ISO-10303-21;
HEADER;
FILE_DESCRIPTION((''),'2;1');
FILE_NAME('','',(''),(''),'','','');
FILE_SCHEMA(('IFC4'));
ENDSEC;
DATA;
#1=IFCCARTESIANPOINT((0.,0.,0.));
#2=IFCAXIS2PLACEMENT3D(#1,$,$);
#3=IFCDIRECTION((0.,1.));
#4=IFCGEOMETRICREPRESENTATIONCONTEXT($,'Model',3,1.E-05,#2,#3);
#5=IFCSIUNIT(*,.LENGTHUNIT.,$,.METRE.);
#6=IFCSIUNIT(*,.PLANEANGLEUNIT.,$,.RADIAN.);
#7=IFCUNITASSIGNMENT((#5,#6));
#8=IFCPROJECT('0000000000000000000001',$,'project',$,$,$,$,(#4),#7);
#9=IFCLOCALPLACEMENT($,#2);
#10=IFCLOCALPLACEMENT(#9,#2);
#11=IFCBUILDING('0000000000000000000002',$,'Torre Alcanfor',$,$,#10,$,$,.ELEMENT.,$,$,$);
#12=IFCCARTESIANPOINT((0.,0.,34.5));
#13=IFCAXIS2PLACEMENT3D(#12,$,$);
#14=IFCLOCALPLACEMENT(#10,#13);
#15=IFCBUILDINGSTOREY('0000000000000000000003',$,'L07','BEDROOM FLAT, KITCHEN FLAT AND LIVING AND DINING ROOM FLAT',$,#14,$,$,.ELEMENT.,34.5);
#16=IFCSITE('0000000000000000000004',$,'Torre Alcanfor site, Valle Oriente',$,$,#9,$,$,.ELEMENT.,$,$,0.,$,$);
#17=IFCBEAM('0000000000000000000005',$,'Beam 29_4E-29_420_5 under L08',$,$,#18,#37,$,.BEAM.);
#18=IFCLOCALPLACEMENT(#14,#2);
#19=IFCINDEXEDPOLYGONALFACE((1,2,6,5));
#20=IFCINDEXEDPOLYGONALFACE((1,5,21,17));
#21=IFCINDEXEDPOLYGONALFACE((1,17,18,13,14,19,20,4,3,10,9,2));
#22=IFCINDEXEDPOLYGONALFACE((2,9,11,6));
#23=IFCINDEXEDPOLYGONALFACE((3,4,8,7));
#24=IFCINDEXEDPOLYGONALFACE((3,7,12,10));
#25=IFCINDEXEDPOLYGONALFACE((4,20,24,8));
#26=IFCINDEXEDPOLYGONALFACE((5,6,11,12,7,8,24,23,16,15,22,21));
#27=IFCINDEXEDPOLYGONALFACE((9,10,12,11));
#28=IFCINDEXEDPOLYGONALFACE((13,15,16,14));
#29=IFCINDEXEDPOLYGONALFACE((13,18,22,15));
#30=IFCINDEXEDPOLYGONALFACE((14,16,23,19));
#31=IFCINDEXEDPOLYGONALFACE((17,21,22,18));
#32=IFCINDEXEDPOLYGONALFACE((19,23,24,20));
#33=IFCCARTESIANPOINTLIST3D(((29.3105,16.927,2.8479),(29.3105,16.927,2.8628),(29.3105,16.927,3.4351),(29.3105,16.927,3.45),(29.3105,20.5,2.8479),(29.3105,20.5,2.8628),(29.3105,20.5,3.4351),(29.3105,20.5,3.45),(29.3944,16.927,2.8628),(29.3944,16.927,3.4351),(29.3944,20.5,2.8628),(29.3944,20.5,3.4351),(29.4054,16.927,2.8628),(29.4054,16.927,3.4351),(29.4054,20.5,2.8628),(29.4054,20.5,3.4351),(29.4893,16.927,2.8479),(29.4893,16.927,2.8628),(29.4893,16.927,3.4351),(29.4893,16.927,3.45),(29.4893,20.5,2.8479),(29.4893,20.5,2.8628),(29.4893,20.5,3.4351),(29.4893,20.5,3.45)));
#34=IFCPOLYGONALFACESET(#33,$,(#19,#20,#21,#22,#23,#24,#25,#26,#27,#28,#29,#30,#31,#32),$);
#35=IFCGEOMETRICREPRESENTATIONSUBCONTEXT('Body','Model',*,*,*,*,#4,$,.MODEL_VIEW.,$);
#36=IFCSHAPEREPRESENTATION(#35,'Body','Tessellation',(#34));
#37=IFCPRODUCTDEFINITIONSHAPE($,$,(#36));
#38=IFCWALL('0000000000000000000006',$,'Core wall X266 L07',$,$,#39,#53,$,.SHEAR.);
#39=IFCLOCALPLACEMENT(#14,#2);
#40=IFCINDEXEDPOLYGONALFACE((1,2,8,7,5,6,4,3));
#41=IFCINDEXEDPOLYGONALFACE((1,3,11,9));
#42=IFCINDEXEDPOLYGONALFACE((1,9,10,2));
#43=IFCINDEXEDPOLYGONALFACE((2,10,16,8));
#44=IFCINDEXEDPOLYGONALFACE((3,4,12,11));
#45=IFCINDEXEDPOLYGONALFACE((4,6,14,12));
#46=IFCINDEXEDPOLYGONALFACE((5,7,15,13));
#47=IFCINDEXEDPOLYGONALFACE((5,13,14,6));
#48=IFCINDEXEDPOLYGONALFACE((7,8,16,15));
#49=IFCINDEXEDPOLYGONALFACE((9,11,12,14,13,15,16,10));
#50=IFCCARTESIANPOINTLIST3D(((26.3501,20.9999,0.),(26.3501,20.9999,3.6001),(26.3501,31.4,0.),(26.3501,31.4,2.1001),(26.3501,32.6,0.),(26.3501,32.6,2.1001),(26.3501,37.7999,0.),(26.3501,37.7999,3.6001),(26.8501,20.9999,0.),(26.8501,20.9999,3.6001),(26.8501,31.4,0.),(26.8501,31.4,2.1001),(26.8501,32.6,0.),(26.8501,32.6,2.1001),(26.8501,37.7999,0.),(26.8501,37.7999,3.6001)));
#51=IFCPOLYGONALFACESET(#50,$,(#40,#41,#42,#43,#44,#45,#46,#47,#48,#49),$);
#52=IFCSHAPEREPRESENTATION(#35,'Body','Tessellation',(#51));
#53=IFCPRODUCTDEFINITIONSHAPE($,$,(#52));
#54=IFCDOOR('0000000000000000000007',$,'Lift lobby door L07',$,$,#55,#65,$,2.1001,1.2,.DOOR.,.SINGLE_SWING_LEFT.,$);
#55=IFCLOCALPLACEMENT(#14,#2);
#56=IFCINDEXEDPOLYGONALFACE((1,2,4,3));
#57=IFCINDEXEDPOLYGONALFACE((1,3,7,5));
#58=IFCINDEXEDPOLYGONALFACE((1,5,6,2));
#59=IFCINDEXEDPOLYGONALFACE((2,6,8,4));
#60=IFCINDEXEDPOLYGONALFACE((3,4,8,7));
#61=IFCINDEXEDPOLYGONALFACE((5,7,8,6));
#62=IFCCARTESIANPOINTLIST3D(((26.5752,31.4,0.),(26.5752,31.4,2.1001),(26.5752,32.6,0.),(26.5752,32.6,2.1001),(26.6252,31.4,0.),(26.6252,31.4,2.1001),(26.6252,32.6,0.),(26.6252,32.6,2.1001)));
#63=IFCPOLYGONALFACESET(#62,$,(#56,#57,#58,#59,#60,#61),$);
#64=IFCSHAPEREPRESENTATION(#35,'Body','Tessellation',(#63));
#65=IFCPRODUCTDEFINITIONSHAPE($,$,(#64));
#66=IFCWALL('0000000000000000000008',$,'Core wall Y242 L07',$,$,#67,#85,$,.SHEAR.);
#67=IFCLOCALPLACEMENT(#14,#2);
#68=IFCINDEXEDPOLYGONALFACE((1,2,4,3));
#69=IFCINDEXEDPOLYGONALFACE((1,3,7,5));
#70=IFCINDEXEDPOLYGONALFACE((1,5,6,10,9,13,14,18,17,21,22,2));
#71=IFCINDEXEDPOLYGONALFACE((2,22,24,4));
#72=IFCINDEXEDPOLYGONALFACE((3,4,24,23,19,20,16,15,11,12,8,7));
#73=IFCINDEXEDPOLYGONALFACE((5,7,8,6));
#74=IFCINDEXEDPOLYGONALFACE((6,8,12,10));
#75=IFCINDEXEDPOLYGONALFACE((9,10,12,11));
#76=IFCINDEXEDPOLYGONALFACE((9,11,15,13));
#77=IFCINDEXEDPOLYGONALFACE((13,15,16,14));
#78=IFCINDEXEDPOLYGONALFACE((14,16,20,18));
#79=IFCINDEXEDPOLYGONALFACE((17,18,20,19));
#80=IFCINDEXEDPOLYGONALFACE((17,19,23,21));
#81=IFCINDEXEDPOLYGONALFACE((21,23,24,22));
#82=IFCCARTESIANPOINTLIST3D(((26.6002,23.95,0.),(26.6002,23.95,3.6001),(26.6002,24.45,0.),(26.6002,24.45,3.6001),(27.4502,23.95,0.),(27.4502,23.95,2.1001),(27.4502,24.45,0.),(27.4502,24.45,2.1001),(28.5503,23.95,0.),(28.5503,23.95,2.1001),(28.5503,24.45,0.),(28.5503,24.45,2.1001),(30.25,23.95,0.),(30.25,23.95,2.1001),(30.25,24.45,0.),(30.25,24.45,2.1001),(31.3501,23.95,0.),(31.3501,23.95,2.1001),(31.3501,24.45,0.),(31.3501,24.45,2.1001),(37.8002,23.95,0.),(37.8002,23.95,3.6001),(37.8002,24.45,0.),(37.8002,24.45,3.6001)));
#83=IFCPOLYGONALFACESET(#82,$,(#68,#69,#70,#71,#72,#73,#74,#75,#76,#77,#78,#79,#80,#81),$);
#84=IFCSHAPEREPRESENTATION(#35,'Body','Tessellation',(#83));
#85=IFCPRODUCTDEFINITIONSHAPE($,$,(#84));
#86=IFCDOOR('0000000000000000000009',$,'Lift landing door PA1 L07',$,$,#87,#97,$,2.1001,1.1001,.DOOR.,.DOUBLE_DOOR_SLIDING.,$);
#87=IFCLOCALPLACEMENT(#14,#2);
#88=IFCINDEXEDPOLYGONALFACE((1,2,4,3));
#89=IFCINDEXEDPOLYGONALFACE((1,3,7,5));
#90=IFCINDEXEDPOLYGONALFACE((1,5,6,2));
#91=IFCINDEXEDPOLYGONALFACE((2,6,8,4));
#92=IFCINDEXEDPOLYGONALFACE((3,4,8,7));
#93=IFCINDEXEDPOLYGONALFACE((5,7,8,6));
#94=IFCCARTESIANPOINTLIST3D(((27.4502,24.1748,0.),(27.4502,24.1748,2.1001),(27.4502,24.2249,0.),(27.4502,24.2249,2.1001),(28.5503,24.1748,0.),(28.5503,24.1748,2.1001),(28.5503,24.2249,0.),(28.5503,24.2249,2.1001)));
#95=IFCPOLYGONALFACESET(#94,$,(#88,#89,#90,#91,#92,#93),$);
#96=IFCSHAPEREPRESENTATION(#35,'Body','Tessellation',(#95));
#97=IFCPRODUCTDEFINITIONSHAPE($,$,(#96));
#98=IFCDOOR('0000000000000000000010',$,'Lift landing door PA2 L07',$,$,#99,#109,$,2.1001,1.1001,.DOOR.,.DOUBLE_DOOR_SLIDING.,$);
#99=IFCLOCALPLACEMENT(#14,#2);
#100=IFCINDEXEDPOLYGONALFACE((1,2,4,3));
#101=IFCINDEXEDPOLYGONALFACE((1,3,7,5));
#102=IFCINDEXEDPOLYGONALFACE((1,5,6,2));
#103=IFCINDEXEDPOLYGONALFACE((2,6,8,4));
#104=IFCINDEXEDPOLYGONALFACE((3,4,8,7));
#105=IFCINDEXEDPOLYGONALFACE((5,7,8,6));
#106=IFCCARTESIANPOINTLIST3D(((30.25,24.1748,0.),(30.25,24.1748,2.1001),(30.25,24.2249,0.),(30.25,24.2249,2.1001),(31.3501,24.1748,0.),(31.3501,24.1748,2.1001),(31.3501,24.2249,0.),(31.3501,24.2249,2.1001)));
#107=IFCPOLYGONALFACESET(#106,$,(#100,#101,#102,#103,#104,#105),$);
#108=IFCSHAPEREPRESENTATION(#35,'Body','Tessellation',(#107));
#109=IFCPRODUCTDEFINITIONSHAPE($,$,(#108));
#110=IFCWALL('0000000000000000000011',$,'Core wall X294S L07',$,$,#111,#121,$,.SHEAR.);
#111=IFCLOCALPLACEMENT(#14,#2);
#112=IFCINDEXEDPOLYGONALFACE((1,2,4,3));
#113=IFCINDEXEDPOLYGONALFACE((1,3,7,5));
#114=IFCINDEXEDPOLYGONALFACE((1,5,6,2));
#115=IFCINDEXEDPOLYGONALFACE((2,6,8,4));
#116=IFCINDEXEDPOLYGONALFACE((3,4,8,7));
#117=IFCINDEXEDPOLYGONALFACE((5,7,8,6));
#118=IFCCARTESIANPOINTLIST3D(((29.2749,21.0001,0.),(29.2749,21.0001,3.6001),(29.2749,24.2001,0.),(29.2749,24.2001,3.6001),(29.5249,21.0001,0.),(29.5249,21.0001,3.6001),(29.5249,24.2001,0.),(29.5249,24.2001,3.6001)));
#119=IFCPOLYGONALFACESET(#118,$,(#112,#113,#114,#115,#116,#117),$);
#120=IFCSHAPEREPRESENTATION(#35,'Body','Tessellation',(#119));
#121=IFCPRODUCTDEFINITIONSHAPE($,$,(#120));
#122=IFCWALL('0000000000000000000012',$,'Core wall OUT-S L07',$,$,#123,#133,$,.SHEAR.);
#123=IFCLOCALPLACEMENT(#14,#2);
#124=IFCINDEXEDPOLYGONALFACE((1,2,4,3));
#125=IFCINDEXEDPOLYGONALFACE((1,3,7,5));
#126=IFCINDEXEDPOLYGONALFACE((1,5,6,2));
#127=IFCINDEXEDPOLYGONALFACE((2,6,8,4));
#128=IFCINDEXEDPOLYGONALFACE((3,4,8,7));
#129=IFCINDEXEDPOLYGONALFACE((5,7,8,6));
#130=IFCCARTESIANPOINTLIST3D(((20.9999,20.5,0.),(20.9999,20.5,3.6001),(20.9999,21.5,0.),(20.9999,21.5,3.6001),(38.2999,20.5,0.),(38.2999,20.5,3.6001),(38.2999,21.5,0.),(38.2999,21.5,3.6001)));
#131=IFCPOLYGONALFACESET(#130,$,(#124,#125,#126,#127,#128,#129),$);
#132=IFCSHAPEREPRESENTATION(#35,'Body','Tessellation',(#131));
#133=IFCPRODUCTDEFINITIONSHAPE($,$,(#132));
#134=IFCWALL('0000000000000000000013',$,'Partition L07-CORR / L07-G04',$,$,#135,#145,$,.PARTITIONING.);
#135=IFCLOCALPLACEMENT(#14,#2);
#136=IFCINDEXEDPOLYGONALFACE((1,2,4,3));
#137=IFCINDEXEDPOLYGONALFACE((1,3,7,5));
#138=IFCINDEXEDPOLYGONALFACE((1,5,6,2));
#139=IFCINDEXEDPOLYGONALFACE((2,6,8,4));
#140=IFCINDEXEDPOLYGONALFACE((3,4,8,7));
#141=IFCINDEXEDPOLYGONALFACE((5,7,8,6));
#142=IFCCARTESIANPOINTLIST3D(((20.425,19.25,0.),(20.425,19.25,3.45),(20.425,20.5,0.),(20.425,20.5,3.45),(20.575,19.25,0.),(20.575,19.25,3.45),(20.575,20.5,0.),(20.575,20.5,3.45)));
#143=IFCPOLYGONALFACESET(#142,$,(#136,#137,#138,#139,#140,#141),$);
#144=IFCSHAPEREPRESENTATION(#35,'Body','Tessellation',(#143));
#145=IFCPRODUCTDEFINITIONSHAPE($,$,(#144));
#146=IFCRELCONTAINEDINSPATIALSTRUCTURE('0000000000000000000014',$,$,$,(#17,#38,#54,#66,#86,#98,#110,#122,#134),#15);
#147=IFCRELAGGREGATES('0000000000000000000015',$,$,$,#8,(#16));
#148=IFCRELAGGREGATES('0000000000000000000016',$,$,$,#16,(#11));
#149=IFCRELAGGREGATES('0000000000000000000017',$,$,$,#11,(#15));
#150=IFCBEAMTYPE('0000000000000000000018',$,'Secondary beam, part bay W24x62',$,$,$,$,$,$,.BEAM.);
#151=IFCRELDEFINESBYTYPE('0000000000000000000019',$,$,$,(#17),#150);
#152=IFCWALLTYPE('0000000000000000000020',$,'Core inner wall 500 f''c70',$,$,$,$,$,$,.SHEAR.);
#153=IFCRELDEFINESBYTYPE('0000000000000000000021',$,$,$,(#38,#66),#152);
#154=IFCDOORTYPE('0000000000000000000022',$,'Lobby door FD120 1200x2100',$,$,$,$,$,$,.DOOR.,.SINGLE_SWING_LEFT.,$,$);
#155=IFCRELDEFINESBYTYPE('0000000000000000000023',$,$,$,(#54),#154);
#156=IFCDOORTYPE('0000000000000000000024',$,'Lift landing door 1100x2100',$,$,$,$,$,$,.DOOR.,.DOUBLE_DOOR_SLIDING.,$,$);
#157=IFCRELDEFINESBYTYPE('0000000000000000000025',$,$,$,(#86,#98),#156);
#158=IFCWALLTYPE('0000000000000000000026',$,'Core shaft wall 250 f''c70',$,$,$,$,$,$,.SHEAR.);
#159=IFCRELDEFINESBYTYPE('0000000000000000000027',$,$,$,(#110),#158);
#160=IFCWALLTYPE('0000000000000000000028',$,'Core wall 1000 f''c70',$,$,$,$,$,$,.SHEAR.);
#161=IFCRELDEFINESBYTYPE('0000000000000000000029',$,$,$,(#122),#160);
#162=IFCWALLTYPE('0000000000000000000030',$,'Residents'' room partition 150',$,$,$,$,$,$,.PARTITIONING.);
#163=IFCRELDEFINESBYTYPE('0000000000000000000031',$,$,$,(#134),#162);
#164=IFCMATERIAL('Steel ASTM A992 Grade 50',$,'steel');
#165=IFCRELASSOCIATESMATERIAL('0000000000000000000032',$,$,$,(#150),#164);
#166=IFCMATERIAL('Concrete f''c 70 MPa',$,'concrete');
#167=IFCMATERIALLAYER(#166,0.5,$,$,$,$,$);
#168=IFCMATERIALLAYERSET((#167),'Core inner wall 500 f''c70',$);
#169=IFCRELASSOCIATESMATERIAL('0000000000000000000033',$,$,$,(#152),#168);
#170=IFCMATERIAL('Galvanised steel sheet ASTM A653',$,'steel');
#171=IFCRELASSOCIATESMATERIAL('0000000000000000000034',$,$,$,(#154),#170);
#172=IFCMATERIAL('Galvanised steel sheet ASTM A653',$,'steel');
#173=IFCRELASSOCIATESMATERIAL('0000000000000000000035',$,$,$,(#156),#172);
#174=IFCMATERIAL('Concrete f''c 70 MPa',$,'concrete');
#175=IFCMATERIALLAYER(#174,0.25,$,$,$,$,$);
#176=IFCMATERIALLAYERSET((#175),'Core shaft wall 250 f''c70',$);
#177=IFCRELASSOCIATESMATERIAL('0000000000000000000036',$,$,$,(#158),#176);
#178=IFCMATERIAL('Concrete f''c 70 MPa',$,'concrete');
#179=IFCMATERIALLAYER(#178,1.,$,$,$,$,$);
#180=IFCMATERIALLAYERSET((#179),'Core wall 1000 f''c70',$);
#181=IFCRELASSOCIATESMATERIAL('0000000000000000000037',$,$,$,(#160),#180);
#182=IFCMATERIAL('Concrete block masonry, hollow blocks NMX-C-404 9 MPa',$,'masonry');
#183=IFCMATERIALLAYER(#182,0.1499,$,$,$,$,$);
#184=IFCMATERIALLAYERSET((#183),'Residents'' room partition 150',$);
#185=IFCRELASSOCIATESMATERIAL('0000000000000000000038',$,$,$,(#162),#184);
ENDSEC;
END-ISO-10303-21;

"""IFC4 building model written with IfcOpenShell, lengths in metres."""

from ifc_helpers import new_model, si_unit, direction, frame, frame_2d, origin, origin_2d, place, context, subcontext, project, spatial, rectangle, i_section, extrude, material, layer, layer_set, material_profile, profile_set, type_object, element, fill, save


model = new_model("IFC4")

# Units and contexts
model_context = context("Model", 3, precision=1e-05, world=origin(), true_north=direction((0.0, 1.0)))
body_context = subcontext(model_context, "Body", "Model", "MODEL_VIEW")
ifc_project = project(units=[si_unit("LENGTHUNIT", "METRE"), si_unit("PLANEANGLEUNIT", "RADIAN")], contexts=[model_context])

# Site, building, storey
site_placement = place(None, origin())
site = spatial("IfcSite", under=ifc_project, at=site_placement, Name="Torre Alcanfor site, Valle Oriente", CompositionType="ELEMENT", RefElevation=0.0)
building_placement = place(site_placement, origin())
building = spatial("IfcBuilding", under=site, at=building_placement, Name="Torre Alcanfor", CompositionType="ELEMENT")
storey_placement = place(building_placement, frame((0.0, 0.0, 34.5)))
storey = spatial("IfcBuildingStorey", under=building, at=storey_placement, Name="L07", Description="BEDROOM FLAT, KITCHEN FLAT AND LIVING AND DINING ROOM FLAT", CompositionType="ELEMENT", Elevation=34.5)

# Beam
ifc_material_1 = material(Name="Steel ASTM A992 Grade 50", Category="steel")
ifc_material_profile_1 = material_profile(ifc_material_1, i_section(OverallWidth=0.1787, OverallDepth=0.6021, WebThickness=0.011, FlangeThickness=0.0149, at=origin_2d()), Name="W24x62")
ifc_profile_set_1 = profile_set([ifc_material_profile_1], Name="Steel ASTM A992 Grade 50")
beam_type_1 = type_object("IfcBeamType", Name="Secondary beam, part bay W24x62", PredefinedType="BEAM", material=ifc_profile_set_1)
for number, where, z_axis, x_axis, name in (
    (1, (29.3999, 16.927, 3.1489), (0.0, 1.0, 0.0), (-1.0, 0.0, 0.0), "Beam 29_4E-29_420_5 under L08"),
):
    element("IfcBeam", number, at=place(storey_placement, frame(where, z_axis=z_axis, x_axis=x_axis)), inside=storey, type_object=beam_type_1, Name=name, PredefinedType="BEAM", context=body_context, shape_type="SweptSolid", body=[
        extrude(i_section(OverallWidth=0.1787, OverallDepth=0.6021, WebThickness=0.011, FlangeThickness=0.0149, at=origin_2d()), origin(), (0.0, 0.0, 1.0), 3.573),
    ])

# Wall, opening, door
ifc_material_2 = material(Name="Concrete f'c 70 MPa", Category="concrete")
ifc_layer_1 = layer(ifc_material_2, 0.5)
ifc_layer_set_1 = layer_set([ifc_layer_1], Name="Core inner wall 500 f'c70")
wall_type_1 = type_object("IfcWallType", Name="Core inner wall 500 f'c70", PredefinedType="SHEAR", material=ifc_layer_set_1)
wall_1_placement = place(storey_placement, frame((26.6001, 21.0, 0.0), z_axis=(0.0, 0.0, 1.0), x_axis=(0.0, 1.0, 0.0)))
wall_1 = element("IfcWall", 2, at=wall_1_placement, inside=storey, type_object=wall_type_1, Name="Core wall X266 L07", PredefinedType="SHEAR", context=body_context, shape_type="SweptSolid", body=[
    extrude(rectangle(XDim=16.8, YDim=0.5, at=frame_2d((8.3999, 0.0))), origin(), (0.0, 0.0, 1.0), 3.6001),
])
opening_1_placement = place(wall_1_placement, frame((10.3999, 0.0, 0.0)))
opening_1 = element("IfcOpeningElement", 3, at=opening_1_placement, cuts=wall_1, PredefinedType="OPENING", context=body_context, shape_type="SweptSolid", body=[
    extrude(rectangle(XDim=1.2, YDim=2.1001, at=frame_2d((0.6001, 1.05))), frame((0.0, 0.26, 0.0), z_axis=(0.0, -1.0, 0.0), x_axis=(1.0, 0.0, 0.0)), (0.0, 0.0, 1.0), 0.52),
])
ifc_material_3 = material(Name="Galvanised steel sheet ASTM A653", Category="steel")
door_type_1 = type_object("IfcDoorType", Name="Lobby door FD120 1200x2100", OperationType="SINGLE_SWING_LEFT", PredefinedType="DOOR", material=ifc_material_3)
door_1_placement = place(opening_1_placement, origin())
door_1 = element("IfcDoor", 4, at=door_1_placement, inside=storey, type_object=door_type_1, Name="Lift lobby door L07", OperationType="SINGLE_SWING_LEFT", OverallHeight=2.1001, OverallWidth=1.2, PredefinedType="DOOR", context=body_context, shape_type="SweptSolid", body=[
    extrude(rectangle(XDim=1.2, YDim=2.1001, at=frame_2d((0.6001, 1.05))), frame((0.0, 0.0249, 0.0), z_axis=(0.0, -1.0, 0.0), x_axis=(1.0, 0.0, 0.0)), (0.0, 0.0, 1.0), 0.05),
])
fill(opening_1, door_1)

# Wall, openings, doors
wall_2_placement = place(storey_placement, frame((26.6001, 24.2, 0.0), z_axis=(0.0, 0.0, 1.0), x_axis=(1.0, 0.0, 0.0)))
wall_2 = element("IfcWall", 5, at=wall_2_placement, inside=storey, type_object=wall_type_1, Name="Core wall Y242 L07", PredefinedType="SHEAR", context=body_context, shape_type="SweptSolid", body=[
    extrude(rectangle(XDim=11.2, YDim=0.5, at=frame_2d((5.6001, 0.0))), origin(), (0.0, 0.0, 1.0), 3.6001),
])
opening_2_placement = place(wall_2_placement, frame((0.8501, 0.0, 0.0)))
opening_2 = element("IfcOpeningElement", 6, at=opening_2_placement, cuts=wall_2, PredefinedType="OPENING", context=body_context, shape_type="SweptSolid", body=[
    extrude(rectangle(XDim=1.1001, YDim=2.1001, at=frame_2d((0.55, 1.05))), frame((0.0, 0.26, 0.0), z_axis=(0.0, -1.0, 0.0), x_axis=(1.0, 0.0, 0.0)), (0.0, 0.0, 1.0), 0.52),
])
opening_3_placement = place(wall_2_placement, frame((3.6499, 0.0, 0.0)))
opening_3 = element("IfcOpeningElement", 7, at=opening_3_placement, cuts=wall_2, PredefinedType="OPENING", context=body_context, shape_type="SweptSolid", body=[
    extrude(rectangle(XDim=1.1001, YDim=2.1001, at=frame_2d((0.55, 1.05))), frame((0.0, 0.26, 0.0), z_axis=(0.0, -1.0, 0.0), x_axis=(1.0, 0.0, 0.0)), (0.0, 0.0, 1.0), 0.52),
])
ifc_material_4 = material(Name="Galvanised steel sheet ASTM A653", Category="steel")
door_type_2 = type_object("IfcDoorType", Name="Lift landing door 1100x2100", OperationType="DOUBLE_DOOR_SLIDING", PredefinedType="DOOR", material=ifc_material_4)
door_2_placement = place(opening_2_placement, origin())
door_2 = element("IfcDoor", 8, at=door_2_placement, inside=storey, type_object=door_type_2, Name="Lift landing door PA1 L07", OperationType="DOUBLE_DOOR_SLIDING", OverallHeight=2.1001, OverallWidth=1.1001, PredefinedType="DOOR", context=body_context, shape_type="SweptSolid", body=[
    extrude(rectangle(XDim=1.1001, YDim=2.1001, at=frame_2d((0.55, 1.05))), frame((0.0, 0.0249, 0.0), z_axis=(0.0, -1.0, 0.0), x_axis=(1.0, 0.0, 0.0)), (0.0, 0.0, 1.0), 0.05),
])
fill(opening_2, door_2)
door_3_placement = place(opening_3_placement, origin())
door_3 = element("IfcDoor", 9, at=door_3_placement, inside=storey, type_object=door_type_2, Name="Lift landing door PA2 L07", OperationType="DOUBLE_DOOR_SLIDING", OverallHeight=2.1001, OverallWidth=1.1001, PredefinedType="DOOR", context=body_context, shape_type="SweptSolid", body=[
    extrude(rectangle(XDim=1.1001, YDim=2.1001, at=frame_2d((0.55, 1.05))), frame((0.0, 0.0249, 0.0), z_axis=(0.0, -1.0, 0.0), x_axis=(1.0, 0.0, 0.0)), (0.0, 0.0, 1.0), 0.05),
])
fill(opening_3, door_3)

# Walls
ifc_material_5 = material(Name="Concrete f'c 70 MPa", Category="concrete")
ifc_layer_2 = layer(ifc_material_5, 0.25)
ifc_layer_set_2 = layer_set([ifc_layer_2], Name="Core shaft wall 250 f'c70")
wall_type_2 = type_object("IfcWallType", Name="Core shaft wall 250 f'c70", PredefinedType="SHEAR", material=ifc_layer_set_2)
wall_3_placement = place(storey_placement, frame((29.3999, 21.0, 0.0), z_axis=(0.0, 0.0, 1.0), x_axis=(0.0, 1.0, 0.0)))
element("IfcWall", 10, at=wall_3_placement, inside=storey, type_object=wall_type_2, Name="Core wall X294S L07", PredefinedType="SHEAR", context=body_context, shape_type="SweptSolid", body=[
    extrude(rectangle(XDim=3.2, YDim=0.25, at=frame_2d((1.6001, 0.0))), origin(), (0.0, 0.0, 1.0), 3.6001),
])
ifc_material_6 = material(Name="Concrete f'c 70 MPa", Category="concrete")
ifc_layer_3 = layer(ifc_material_6, 1.0)
ifc_layer_set_3 = layer_set([ifc_layer_3], Name="Core wall 1000 f'c70")
wall_type_3 = type_object("IfcWallType", Name="Core wall 1000 f'c70", PredefinedType="SHEAR", material=ifc_layer_set_3)
wall_4_placement = place(storey_placement, frame((21.0, 21.0, 0.0), z_axis=(0.0, 0.0, 1.0), x_axis=(1.0, 0.0, 0.0)))
element("IfcWall", 11, at=wall_4_placement, inside=storey, type_object=wall_type_3, Name="Core wall OUT-S L07", PredefinedType="SHEAR", context=body_context, shape_type="SweptSolid", body=[
    extrude(rectangle(XDim=17.3, YDim=1.0, at=frame_2d((8.6499, 0.0))), origin(), (0.0, 0.0, 1.0), 3.6001),
])
ifc_material_7 = material(Name="Concrete block masonry, hollow blocks NMX-C-404 9 MPa", Category="masonry")
ifc_layer_4 = layer(ifc_material_7, 0.1499)
ifc_layer_set_4 = layer_set([ifc_layer_4], Name="Residents' room partition 150")
wall_type_4 = type_object("IfcWallType", Name="Residents' room partition 150", PredefinedType="PARTITIONING", material=ifc_layer_set_4)
wall_5_placement = place(storey_placement, frame((20.5, 20.5, 0.0), z_axis=(0.0, 0.0, 1.0), x_axis=(0.0, -1.0, 0.0)))
element("IfcWall", 12, at=wall_5_placement, inside=storey, type_object=wall_type_4, Name="Partition L07-CORR / L07-G04", PredefinedType="PARTITIONING", context=body_context, shape_type="SweptSolid", body=[
    extrude(rectangle(XDim=1.25, YDim=0.1499, at=frame_2d((0.625, 0.0))), origin(), (0.0, 0.0, 1.0), 3.45),
])

save(model, "model.ifc")
